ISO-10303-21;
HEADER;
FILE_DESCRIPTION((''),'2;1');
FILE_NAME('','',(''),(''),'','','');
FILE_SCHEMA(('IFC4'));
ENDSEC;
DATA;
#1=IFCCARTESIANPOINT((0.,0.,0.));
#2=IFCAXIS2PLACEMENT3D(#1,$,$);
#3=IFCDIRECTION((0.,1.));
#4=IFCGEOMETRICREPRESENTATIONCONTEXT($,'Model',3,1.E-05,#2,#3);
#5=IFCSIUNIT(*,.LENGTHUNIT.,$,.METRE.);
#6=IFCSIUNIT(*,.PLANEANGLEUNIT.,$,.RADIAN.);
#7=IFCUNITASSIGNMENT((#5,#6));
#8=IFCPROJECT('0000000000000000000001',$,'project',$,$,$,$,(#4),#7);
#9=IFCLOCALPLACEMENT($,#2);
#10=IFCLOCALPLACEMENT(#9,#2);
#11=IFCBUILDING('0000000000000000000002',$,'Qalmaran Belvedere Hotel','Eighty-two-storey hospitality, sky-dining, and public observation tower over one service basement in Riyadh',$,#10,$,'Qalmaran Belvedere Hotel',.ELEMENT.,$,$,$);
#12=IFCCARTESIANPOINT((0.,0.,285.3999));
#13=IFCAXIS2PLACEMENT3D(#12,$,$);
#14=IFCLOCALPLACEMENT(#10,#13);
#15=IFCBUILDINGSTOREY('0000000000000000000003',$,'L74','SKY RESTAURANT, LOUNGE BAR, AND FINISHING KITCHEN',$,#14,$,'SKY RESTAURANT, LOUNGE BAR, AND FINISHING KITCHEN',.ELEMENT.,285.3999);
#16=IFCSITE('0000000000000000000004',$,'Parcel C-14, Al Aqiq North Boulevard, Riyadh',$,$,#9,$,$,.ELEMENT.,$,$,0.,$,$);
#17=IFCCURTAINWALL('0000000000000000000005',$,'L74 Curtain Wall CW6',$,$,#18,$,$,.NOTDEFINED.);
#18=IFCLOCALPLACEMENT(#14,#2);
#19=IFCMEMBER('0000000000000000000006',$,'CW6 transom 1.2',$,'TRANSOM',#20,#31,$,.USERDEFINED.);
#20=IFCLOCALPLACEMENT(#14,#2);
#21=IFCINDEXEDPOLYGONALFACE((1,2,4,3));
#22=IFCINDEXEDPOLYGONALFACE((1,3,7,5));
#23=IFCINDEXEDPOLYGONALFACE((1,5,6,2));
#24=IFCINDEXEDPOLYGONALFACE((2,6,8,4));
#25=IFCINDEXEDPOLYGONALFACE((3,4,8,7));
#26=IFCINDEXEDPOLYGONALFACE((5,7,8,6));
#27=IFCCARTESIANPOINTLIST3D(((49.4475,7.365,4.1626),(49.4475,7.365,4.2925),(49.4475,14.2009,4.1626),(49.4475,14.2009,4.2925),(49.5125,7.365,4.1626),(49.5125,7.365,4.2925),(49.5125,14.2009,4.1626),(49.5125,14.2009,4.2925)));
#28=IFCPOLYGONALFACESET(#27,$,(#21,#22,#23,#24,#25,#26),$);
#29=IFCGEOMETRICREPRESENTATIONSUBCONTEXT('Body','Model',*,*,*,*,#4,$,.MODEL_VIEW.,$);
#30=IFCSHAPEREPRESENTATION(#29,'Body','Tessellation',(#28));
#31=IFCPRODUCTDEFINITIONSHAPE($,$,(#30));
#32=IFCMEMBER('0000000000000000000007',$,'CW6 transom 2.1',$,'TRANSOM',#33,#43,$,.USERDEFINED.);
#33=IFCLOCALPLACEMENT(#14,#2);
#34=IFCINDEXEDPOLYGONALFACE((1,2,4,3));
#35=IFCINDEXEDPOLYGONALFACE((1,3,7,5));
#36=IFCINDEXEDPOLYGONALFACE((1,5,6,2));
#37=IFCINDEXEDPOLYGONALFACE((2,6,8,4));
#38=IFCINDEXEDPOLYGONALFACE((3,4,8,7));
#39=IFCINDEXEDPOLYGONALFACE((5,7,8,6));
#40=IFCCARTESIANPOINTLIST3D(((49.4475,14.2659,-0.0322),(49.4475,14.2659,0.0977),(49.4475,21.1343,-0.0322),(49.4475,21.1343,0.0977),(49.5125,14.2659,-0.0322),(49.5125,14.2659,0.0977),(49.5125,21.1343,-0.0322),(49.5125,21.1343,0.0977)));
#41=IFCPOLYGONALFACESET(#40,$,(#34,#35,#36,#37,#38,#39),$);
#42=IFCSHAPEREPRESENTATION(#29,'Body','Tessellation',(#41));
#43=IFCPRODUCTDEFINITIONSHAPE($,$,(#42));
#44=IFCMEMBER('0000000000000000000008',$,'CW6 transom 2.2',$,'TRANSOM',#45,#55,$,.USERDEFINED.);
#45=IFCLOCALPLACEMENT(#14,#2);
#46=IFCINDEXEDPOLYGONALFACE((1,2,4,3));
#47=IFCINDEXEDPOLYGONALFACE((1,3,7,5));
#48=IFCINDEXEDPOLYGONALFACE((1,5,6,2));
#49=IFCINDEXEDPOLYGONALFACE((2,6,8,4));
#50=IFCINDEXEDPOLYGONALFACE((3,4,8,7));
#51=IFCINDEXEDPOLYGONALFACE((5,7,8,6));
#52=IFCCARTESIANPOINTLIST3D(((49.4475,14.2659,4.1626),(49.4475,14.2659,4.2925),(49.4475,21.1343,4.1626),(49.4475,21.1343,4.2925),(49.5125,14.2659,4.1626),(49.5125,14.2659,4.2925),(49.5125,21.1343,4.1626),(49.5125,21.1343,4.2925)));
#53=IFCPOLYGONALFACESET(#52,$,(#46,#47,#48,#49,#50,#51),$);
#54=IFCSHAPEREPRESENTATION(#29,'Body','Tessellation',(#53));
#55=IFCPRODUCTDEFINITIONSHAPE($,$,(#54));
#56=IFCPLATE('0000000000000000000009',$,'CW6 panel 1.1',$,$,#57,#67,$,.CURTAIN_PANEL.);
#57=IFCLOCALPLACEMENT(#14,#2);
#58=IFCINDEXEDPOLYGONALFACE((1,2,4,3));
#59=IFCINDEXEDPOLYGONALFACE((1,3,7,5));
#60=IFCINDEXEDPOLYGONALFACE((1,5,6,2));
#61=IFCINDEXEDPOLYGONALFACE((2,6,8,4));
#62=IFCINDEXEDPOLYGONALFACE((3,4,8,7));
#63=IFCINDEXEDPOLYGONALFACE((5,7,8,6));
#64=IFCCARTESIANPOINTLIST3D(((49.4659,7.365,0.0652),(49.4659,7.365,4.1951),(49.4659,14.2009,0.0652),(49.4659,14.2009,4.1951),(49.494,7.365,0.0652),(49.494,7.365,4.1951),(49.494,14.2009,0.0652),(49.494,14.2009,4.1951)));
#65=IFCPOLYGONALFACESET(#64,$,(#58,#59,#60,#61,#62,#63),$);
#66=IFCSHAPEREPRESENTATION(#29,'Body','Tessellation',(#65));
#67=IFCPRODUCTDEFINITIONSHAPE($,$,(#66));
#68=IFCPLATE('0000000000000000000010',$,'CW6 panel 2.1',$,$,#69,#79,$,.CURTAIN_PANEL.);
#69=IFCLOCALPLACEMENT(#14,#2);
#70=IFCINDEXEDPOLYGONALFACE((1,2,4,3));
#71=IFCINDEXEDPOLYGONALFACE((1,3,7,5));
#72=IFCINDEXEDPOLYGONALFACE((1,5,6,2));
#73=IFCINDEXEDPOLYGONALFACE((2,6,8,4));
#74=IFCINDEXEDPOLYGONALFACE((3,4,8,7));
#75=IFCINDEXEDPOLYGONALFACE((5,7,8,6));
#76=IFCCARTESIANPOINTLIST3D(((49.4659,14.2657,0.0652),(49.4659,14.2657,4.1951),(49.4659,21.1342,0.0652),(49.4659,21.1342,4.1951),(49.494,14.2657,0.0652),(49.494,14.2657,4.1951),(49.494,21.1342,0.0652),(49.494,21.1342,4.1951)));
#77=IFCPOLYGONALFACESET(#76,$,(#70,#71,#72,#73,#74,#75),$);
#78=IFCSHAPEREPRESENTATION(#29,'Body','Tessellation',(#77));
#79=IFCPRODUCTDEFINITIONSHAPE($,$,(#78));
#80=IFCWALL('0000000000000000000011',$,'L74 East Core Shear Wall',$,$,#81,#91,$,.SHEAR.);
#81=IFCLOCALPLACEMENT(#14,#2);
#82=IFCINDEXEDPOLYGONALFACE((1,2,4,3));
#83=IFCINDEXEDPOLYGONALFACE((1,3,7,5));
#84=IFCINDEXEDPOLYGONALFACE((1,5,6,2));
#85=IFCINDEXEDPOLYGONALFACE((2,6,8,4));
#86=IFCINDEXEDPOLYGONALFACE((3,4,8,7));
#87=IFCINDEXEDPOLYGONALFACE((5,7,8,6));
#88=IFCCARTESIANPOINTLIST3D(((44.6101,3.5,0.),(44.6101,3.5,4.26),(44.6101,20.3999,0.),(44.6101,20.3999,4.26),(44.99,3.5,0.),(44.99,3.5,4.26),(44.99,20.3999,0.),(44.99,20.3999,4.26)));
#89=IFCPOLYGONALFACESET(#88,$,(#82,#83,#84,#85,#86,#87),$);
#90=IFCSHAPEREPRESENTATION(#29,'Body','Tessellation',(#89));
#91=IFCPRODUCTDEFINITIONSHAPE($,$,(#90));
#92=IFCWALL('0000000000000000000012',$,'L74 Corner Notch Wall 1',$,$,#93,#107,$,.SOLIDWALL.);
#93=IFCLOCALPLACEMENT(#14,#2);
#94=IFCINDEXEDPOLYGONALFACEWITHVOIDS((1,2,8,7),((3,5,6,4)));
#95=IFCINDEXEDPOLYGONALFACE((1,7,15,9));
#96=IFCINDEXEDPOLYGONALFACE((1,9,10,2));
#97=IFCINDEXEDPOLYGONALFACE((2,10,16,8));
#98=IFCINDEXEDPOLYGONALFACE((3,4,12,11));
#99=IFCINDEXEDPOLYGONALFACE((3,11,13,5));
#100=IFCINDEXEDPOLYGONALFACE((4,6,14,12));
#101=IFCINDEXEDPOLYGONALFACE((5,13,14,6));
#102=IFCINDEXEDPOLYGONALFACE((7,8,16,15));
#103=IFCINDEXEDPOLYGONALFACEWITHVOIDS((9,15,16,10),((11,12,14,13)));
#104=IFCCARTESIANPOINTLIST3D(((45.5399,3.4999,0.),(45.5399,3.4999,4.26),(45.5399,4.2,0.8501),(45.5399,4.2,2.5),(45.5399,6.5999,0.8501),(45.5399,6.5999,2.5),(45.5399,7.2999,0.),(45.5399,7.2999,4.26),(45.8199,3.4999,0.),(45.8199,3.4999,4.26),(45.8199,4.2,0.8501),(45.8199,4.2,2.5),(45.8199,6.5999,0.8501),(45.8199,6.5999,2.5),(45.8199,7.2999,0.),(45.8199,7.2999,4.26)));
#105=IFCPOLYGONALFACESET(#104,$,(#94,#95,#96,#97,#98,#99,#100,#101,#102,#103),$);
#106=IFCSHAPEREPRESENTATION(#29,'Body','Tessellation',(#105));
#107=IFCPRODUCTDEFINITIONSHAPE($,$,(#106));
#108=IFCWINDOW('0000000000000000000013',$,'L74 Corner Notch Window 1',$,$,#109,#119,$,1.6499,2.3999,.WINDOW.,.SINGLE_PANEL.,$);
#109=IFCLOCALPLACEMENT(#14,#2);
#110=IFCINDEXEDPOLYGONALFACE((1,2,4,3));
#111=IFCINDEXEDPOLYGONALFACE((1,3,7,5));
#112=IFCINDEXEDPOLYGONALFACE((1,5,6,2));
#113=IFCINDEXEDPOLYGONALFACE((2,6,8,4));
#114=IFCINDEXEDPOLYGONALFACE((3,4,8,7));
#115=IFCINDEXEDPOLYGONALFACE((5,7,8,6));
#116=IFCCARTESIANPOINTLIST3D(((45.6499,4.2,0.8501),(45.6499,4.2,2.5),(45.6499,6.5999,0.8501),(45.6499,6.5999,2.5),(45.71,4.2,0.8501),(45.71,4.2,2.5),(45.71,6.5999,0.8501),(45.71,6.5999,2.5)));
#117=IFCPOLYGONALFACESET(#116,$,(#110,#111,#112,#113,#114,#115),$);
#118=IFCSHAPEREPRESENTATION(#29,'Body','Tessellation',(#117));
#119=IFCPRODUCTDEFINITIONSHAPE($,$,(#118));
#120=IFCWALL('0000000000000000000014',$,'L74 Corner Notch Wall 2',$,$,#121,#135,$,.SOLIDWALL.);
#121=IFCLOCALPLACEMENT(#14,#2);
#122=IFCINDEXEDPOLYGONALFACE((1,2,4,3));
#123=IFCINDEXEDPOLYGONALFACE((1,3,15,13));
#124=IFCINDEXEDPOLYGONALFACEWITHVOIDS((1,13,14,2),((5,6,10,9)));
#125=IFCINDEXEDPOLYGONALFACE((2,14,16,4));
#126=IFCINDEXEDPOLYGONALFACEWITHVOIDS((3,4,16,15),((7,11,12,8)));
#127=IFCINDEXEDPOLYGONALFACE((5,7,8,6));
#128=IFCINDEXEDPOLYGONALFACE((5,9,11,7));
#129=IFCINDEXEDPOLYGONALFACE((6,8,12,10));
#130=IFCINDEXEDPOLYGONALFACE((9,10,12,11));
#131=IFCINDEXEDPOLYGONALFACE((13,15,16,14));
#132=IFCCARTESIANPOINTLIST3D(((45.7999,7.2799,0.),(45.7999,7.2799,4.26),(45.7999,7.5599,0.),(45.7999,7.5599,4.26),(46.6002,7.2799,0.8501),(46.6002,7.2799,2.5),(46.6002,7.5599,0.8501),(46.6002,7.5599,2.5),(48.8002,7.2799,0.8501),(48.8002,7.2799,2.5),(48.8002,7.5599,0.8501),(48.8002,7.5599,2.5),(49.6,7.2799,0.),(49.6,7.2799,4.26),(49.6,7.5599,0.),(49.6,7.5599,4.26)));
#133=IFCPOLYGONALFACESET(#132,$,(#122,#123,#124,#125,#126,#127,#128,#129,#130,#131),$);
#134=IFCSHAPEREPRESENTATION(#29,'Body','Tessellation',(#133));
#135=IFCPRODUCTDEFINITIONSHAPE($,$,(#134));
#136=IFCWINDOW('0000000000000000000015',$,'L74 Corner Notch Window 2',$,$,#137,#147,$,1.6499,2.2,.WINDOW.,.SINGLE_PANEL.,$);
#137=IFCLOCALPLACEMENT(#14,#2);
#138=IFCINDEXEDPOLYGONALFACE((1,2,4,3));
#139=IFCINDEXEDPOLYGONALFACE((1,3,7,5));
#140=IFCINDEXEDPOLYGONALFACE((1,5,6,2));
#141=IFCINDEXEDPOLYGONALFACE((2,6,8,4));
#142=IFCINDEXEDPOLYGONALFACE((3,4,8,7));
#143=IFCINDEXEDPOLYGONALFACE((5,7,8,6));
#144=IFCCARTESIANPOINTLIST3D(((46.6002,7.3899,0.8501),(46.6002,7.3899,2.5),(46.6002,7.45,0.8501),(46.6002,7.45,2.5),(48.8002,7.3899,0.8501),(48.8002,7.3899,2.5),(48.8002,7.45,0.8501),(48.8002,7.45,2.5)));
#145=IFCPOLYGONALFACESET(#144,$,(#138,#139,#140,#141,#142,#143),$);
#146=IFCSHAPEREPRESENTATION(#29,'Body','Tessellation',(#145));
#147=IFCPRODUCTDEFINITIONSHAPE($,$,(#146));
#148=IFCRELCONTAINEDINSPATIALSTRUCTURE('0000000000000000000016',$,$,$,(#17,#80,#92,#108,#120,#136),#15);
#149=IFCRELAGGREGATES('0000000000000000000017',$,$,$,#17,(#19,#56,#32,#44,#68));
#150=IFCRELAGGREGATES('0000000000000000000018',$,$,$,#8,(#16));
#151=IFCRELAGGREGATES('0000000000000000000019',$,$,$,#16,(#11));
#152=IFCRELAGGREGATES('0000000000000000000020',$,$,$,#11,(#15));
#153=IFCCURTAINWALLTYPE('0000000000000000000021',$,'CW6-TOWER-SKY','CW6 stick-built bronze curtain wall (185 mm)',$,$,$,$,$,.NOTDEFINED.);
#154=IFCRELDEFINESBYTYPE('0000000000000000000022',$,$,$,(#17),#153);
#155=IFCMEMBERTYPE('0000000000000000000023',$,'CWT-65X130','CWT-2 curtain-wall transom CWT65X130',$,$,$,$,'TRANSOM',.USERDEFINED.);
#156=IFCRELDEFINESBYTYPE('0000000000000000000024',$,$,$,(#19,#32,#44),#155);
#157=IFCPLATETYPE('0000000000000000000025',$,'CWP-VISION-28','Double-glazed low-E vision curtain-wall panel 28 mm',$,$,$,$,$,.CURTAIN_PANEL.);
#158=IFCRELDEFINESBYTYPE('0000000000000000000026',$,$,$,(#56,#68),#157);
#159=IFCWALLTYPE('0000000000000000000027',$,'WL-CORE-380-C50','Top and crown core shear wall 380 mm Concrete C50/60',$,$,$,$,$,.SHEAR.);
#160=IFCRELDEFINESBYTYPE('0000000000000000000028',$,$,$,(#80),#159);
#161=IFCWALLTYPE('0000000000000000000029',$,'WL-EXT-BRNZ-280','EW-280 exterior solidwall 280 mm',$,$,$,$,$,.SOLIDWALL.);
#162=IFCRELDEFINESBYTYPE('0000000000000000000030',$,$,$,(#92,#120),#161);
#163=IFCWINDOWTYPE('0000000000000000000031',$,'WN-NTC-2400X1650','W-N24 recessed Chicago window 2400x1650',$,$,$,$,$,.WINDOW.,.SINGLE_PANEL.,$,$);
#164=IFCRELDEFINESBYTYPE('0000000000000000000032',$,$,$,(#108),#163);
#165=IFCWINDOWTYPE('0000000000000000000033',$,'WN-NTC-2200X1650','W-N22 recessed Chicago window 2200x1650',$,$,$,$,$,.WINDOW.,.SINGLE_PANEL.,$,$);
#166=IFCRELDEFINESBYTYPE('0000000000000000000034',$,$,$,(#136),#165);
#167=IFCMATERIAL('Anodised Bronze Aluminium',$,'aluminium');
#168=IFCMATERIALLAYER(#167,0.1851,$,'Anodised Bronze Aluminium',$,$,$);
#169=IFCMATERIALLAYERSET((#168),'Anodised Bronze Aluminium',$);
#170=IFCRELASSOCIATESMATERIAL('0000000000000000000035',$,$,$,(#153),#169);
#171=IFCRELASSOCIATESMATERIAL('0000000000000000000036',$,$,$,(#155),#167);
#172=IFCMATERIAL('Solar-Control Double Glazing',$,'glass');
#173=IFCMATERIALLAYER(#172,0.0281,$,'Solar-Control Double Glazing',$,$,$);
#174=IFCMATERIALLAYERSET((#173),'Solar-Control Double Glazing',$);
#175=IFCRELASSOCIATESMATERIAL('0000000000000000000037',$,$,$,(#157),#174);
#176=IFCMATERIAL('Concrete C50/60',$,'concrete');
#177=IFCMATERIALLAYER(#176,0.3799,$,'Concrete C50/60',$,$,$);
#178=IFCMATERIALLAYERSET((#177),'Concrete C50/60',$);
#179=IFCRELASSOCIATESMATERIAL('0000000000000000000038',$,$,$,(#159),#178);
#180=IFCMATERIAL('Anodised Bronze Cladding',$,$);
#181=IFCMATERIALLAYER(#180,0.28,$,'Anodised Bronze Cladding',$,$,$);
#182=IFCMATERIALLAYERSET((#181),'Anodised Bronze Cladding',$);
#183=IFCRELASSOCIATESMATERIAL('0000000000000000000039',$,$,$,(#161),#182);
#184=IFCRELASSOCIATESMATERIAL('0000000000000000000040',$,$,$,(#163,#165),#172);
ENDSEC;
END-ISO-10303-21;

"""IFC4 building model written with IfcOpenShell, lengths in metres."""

from ifc_helpers import new_model, si_unit, direction, frame, frame_2d, origin, origin_2d, place, context, subcontext, project, spatial, rectangle, extrude, material, layer, layer_set, material_profile, profile_set, type_object, element, fill, aggregate, save


model = new_model("IFC4")

# Units and contexts
model_context = context("Model", 3, precision=1e-05, world=origin(), true_north=direction((0.0, 1.0)))
body_context = subcontext(model_context, "Body", "Model", "MODEL_VIEW")
ifc_project = project(units=[si_unit("LENGTHUNIT", "METRE"), si_unit("PLANEANGLEUNIT", "RADIAN")], contexts=[model_context])

# Site, building, storey
site_placement = place(None, origin())
site = spatial("IfcSite", under=ifc_project, at=site_placement, Name="Parcel C-14, Al Aqiq North Boulevard, Riyadh", CompositionType="ELEMENT", RefElevation=0.0)
building_placement = place(site_placement, origin())
building = spatial("IfcBuilding", under=site, at=building_placement, Name="Qalmaran Belvedere Hotel", Description="Eighty-two-storey hospitality, sky-dining, and public observation tower over one service basement in Riyadh", LongName="Qalmaran Belvedere Hotel", CompositionType="ELEMENT")
storey_placement = place(building_placement, frame((0.0, 0.0, 285.3999)))
storey = spatial("IfcBuildingStorey", under=building, at=storey_placement, Name="L74", Description="SKY RESTAURANT, LOUNGE BAR, AND FINISHING KITCHEN", LongName="SKY RESTAURANT, LOUNGE BAR, AND FINISHING KITCHEN", CompositionType="ELEMENT", Elevation=285.3999)

# Shared definitions
ifc_material_1 = material(Name="Concrete C50/60", Category="concrete")

# Curtain wall, members, plates
ifc_material_2 = material(Name="Anodised Bronze Aluminium", Category="aluminium")
ifc_layer_1 = layer(ifc_material_2, 0.1851, Name="Anodised Bronze Aluminium")
ifc_layer_set_1 = layer_set([ifc_layer_1], Name="Anodised Bronze Aluminium")
curtain_wall_type = type_object("IfcCurtainWallType", Name="CW6-TOWER-SKY", Description="CW6 stick-built bronze curtain wall (185 mm)", PredefinedType="NOTDEFINED", material=ifc_layer_set_1)
curtain_wall_placement = place(storey_placement, origin())
curtain_wall = element("IfcCurtainWall", 1, at=curtain_wall_placement, inside=storey, type_object=curtain_wall_type, Name="L74 Curtain Wall CW6", PredefinedType="NOTDEFINED")
ifc_material_profile_1 = material_profile(ifc_material_2, rectangle(XDim=0.0649, YDim=0.1299, at=origin_2d()), Name="CWT65X130")
ifc_profile_set_1 = profile_set([ifc_material_profile_1], Name="Anodised Bronze Aluminium")
member_type_1 = type_object("IfcMemberType", Name="CWT-65X130", Description="CWT-2 curtain-wall transom CWT65X130", ElementType="TRANSOM", PredefinedType="USERDEFINED", material=ifc_profile_set_1)
member_1_placement = place(storey_placement, frame((49.48, 7.365, 4.2275), z_axis=(0.0, 1.0, 0.0), x_axis=(-1.0, 0.0, 0.0)))
member_1 = element("IfcMember", 2, at=member_1_placement, type_object=member_type_1, Name="CW6 transom 1.2", ObjectType="TRANSOM", PredefinedType="USERDEFINED", context=body_context, shape_type="SweptSolid", body=[
    extrude(rectangle(XDim=0.0649, YDim=0.1299, at=origin_2d()), origin(), (0.0, 0.0, 1.0), 6.8359),
])
member_2_placement = place(storey_placement, frame((49.48, 14.2659, 0.0327), z_axis=(0.0, 1.0, 0.0), x_axis=(-1.0, 0.0, 0.0)))
member_2 = element("IfcMember", 3, at=member_2_placement, type_object=member_type_1, Name="CW6 transom 2.1", ObjectType="TRANSOM", PredefinedType="USERDEFINED", context=body_context, shape_type="SweptSolid", body=[
    extrude(rectangle(XDim=0.0649, YDim=0.1299, at=origin_2d()), origin(), (0.0, 0.0, 1.0), 6.8684),
])
member_3_placement = place(storey_placement, frame((49.48, 14.2659, 4.2275), z_axis=(0.0, 1.0, 0.0), x_axis=(-1.0, 0.0, 0.0)))
member_3 = element("IfcMember", 4, at=member_3_placement, type_object=member_type_1, Name="CW6 transom 2.2", ObjectType="TRANSOM", PredefinedType="USERDEFINED", context=body_context, shape_type="SweptSolid", body=[
    extrude(rectangle(XDim=0.0649, YDim=0.1299, at=origin_2d()), origin(), (0.0, 0.0, 1.0), 6.8684),
])
ifc_material_3 = material(Name="Solar-Control Double Glazing", Category="glass")
ifc_layer_2 = layer(ifc_material_3, 0.0281, Name="Solar-Control Double Glazing")
ifc_layer_set_2 = layer_set([ifc_layer_2], Name="Solar-Control Double Glazing")
plate_type = type_object("IfcPlateType", Name="CWP-VISION-28", Description="Double-glazed low-E vision curtain-wall panel 28 mm", PredefinedType="CURTAIN_PANEL", material=ifc_layer_set_2)
plate_1_placement = place(storey_placement, frame((49.48, 10.783, 0.0652), z_axis=(0.0, 0.0, 1.0), x_axis=(0.0, 1.0, 0.0)))
plate_1 = element("IfcPlate", 5, at=plate_1_placement, type_object=plate_type, Name="CW6 panel 1.1", PredefinedType="CURTAIN_PANEL", context=body_context, shape_type="SweptSolid", body=[
    extrude(rectangle(XDim=6.8359, YDim=0.0281, at=origin_2d()), origin(), (0.0, 0.0, 1.0), 4.1299),
])
plate_2_placement = place(storey_placement, frame((49.48, 17.7, 0.0652), z_axis=(0.0, 0.0, 1.0), x_axis=(0.0, 1.0, 0.0)))
plate_2 = element("IfcPlate", 6, at=plate_2_placement, type_object=plate_type, Name="CW6 panel 2.1", PredefinedType="CURTAIN_PANEL", context=body_context, shape_type="SweptSolid", body=[
    extrude(rectangle(XDim=6.8684, YDim=0.0281, at=origin_2d()), origin(), (0.0, 0.0, 1.0), 4.1299),
])
aggregate(curtain_wall, [member_1, plate_1, member_2, member_3, plate_2])

# Wall
ifc_layer_3 = layer(ifc_material_1, 0.3799, Name="Concrete C50/60")
ifc_layer_set_3 = layer_set([ifc_layer_3], Name="Concrete C50/60")
wall_type_1 = type_object("IfcWallType", Name="WL-CORE-380-C50", Description="Top and crown core shear wall 380 mm Concrete C50/60", PredefinedType="SHEAR", material=ifc_layer_set_3)
wall_1_placement = place(storey_placement, frame((44.8, 3.5, 0.0), z_axis=(0.0, 0.0, 1.0), x_axis=(0.0, 1.0, 0.0)))
element("IfcWall", 7, at=wall_1_placement, inside=storey, type_object=wall_type_1, Name="L74 East Core Shear Wall", PredefinedType="SHEAR", context=body_context, shape_type="SweptSolid", body=[
    extrude(rectangle(XDim=16.8999, YDim=0.3799, at=frame_2d((8.45, 0.0))), origin(), (0.0, 0.0, 1.0), 4.26),
])

# Walls, openings, windows
ifc_material_4 = material(Name="Anodised Bronze Cladding")
ifc_layer_4 = layer(ifc_material_4, 0.28, Name="Anodised Bronze Cladding")
ifc_layer_set_4 = layer_set([ifc_layer_4], Name="Anodised Bronze Cladding")
wall_type_2 = type_object("IfcWallType", Name="WL-EXT-BRNZ-280", Description="EW-280 exterior solidwall 280 mm", PredefinedType="SOLIDWALL", material=ifc_layer_set_4)
wall_2_placement = place(storey_placement, frame((45.6799, 3.5, 0.0), z_axis=(0.0, 0.0, 1.0), x_axis=(0.0, 1.0, 0.0)))
wall_2 = element("IfcWall", 8, at=wall_2_placement, inside=storey, type_object=wall_type_2, Name="L74 Corner Notch Wall 1", PredefinedType="SOLIDWALL", context=body_context, shape_type="SweptSolid", body=[
    extrude(rectangle(XDim=3.8, YDim=0.28, at=frame_2d((1.8999, 0.0))), origin(), (0.0, 0.0, 1.0), 4.26),
])
opening_1_placement = place(wall_2_placement, frame((0.7, 0.0, 0.8501)))
opening_1 = element("IfcOpeningElement", 9, at=opening_1_placement, cuts=wall_2, PredefinedType="OPENING", context=body_context, shape_type="SweptSolid", body=[
    extrude(rectangle(XDim=2.3999, YDim=1.6499, at=frame_2d((1.2, 0.825))), frame((0.0, 0.1499, 0.0), z_axis=(0.0, -1.0, 0.0), x_axis=(1.0, 0.0, 0.0)), (0.0, 0.0, 1.0), 0.3),
])
window_type_1 = type_object("IfcWindowType", Name="WN-NTC-2400X1650", Description="W-N24 recessed Chicago window 2400x1650", PartitioningType="SINGLE_PANEL", PredefinedType="WINDOW", material=ifc_material_3)
window_1_placement = place(opening_1_placement, origin())
window_1 = element("IfcWindow", 10, at=window_1_placement, inside=storey, type_object=window_type_1, Name="L74 Corner Notch Window 1", OverallHeight=1.6499, OverallWidth=2.3999, PartitioningType="SINGLE_PANEL", PredefinedType="WINDOW", context=body_context, shape_type="SweptSolid", body=[
    extrude(rectangle(XDim=2.3999, YDim=1.6499, at=frame_2d((1.2, 0.825))), frame((0.0, 0.03, 0.0), z_axis=(0.0, -1.0, 0.0), x_axis=(1.0, 0.0, 0.0)), (0.0, 0.0, 1.0), 0.0601),
])
fill(opening_1, window_1)
wall_3_placement = place(storey_placement, frame((45.8, 7.4199, 0.0), z_axis=(0.0, 0.0, 1.0), x_axis=(1.0, 0.0, 0.0)))
wall_3 = element("IfcWall", 11, at=wall_3_placement, inside=storey, type_object=wall_type_2, Name="L74 Corner Notch Wall 2", PredefinedType="SOLIDWALL", context=body_context, shape_type="SweptSolid", body=[
    extrude(rectangle(XDim=3.8, YDim=0.28, at=frame_2d((1.8999, 0.0))), origin(), (0.0, 0.0, 1.0), 4.26),
])
opening_2_placement = place(wall_3_placement, frame((0.8, 0.0, 0.8501)))
opening_2 = element("IfcOpeningElement", 12, at=opening_2_placement, cuts=wall_3, PredefinedType="OPENING", context=body_context, shape_type="SweptSolid", body=[
    extrude(rectangle(XDim=2.2, YDim=1.6499, at=frame_2d((1.1001, 0.825))), frame((0.0, 0.1499, 0.0), z_axis=(0.0, -1.0, 0.0), x_axis=(1.0, 0.0, 0.0)), (0.0, 0.0, 1.0), 0.3),
])
window_type_2 = type_object("IfcWindowType", Name="WN-NTC-2200X1650", Description="W-N22 recessed Chicago window 2200x1650", PartitioningType="SINGLE_PANEL", PredefinedType="WINDOW", material=ifc_material_3)
window_2_placement = place(opening_2_placement, origin())
window_2 = element("IfcWindow", 13, at=window_2_placement, inside=storey, type_object=window_type_2, Name="L74 Corner Notch Window 2", OverallHeight=1.6499, OverallWidth=2.2, PartitioningType="SINGLE_PANEL", PredefinedType="WINDOW", context=body_context, shape_type="SweptSolid", body=[
    extrude(rectangle(XDim=2.2, YDim=1.6499, at=frame_2d((1.1001, 0.825))), frame((0.0, 0.03, 0.0), z_axis=(0.0, -1.0, 0.0), x_axis=(1.0, 0.0, 0.0)), (0.0, 0.0, 1.0), 0.0601),
])
fill(opening_2, window_2)

save(model, "model.ifc")
